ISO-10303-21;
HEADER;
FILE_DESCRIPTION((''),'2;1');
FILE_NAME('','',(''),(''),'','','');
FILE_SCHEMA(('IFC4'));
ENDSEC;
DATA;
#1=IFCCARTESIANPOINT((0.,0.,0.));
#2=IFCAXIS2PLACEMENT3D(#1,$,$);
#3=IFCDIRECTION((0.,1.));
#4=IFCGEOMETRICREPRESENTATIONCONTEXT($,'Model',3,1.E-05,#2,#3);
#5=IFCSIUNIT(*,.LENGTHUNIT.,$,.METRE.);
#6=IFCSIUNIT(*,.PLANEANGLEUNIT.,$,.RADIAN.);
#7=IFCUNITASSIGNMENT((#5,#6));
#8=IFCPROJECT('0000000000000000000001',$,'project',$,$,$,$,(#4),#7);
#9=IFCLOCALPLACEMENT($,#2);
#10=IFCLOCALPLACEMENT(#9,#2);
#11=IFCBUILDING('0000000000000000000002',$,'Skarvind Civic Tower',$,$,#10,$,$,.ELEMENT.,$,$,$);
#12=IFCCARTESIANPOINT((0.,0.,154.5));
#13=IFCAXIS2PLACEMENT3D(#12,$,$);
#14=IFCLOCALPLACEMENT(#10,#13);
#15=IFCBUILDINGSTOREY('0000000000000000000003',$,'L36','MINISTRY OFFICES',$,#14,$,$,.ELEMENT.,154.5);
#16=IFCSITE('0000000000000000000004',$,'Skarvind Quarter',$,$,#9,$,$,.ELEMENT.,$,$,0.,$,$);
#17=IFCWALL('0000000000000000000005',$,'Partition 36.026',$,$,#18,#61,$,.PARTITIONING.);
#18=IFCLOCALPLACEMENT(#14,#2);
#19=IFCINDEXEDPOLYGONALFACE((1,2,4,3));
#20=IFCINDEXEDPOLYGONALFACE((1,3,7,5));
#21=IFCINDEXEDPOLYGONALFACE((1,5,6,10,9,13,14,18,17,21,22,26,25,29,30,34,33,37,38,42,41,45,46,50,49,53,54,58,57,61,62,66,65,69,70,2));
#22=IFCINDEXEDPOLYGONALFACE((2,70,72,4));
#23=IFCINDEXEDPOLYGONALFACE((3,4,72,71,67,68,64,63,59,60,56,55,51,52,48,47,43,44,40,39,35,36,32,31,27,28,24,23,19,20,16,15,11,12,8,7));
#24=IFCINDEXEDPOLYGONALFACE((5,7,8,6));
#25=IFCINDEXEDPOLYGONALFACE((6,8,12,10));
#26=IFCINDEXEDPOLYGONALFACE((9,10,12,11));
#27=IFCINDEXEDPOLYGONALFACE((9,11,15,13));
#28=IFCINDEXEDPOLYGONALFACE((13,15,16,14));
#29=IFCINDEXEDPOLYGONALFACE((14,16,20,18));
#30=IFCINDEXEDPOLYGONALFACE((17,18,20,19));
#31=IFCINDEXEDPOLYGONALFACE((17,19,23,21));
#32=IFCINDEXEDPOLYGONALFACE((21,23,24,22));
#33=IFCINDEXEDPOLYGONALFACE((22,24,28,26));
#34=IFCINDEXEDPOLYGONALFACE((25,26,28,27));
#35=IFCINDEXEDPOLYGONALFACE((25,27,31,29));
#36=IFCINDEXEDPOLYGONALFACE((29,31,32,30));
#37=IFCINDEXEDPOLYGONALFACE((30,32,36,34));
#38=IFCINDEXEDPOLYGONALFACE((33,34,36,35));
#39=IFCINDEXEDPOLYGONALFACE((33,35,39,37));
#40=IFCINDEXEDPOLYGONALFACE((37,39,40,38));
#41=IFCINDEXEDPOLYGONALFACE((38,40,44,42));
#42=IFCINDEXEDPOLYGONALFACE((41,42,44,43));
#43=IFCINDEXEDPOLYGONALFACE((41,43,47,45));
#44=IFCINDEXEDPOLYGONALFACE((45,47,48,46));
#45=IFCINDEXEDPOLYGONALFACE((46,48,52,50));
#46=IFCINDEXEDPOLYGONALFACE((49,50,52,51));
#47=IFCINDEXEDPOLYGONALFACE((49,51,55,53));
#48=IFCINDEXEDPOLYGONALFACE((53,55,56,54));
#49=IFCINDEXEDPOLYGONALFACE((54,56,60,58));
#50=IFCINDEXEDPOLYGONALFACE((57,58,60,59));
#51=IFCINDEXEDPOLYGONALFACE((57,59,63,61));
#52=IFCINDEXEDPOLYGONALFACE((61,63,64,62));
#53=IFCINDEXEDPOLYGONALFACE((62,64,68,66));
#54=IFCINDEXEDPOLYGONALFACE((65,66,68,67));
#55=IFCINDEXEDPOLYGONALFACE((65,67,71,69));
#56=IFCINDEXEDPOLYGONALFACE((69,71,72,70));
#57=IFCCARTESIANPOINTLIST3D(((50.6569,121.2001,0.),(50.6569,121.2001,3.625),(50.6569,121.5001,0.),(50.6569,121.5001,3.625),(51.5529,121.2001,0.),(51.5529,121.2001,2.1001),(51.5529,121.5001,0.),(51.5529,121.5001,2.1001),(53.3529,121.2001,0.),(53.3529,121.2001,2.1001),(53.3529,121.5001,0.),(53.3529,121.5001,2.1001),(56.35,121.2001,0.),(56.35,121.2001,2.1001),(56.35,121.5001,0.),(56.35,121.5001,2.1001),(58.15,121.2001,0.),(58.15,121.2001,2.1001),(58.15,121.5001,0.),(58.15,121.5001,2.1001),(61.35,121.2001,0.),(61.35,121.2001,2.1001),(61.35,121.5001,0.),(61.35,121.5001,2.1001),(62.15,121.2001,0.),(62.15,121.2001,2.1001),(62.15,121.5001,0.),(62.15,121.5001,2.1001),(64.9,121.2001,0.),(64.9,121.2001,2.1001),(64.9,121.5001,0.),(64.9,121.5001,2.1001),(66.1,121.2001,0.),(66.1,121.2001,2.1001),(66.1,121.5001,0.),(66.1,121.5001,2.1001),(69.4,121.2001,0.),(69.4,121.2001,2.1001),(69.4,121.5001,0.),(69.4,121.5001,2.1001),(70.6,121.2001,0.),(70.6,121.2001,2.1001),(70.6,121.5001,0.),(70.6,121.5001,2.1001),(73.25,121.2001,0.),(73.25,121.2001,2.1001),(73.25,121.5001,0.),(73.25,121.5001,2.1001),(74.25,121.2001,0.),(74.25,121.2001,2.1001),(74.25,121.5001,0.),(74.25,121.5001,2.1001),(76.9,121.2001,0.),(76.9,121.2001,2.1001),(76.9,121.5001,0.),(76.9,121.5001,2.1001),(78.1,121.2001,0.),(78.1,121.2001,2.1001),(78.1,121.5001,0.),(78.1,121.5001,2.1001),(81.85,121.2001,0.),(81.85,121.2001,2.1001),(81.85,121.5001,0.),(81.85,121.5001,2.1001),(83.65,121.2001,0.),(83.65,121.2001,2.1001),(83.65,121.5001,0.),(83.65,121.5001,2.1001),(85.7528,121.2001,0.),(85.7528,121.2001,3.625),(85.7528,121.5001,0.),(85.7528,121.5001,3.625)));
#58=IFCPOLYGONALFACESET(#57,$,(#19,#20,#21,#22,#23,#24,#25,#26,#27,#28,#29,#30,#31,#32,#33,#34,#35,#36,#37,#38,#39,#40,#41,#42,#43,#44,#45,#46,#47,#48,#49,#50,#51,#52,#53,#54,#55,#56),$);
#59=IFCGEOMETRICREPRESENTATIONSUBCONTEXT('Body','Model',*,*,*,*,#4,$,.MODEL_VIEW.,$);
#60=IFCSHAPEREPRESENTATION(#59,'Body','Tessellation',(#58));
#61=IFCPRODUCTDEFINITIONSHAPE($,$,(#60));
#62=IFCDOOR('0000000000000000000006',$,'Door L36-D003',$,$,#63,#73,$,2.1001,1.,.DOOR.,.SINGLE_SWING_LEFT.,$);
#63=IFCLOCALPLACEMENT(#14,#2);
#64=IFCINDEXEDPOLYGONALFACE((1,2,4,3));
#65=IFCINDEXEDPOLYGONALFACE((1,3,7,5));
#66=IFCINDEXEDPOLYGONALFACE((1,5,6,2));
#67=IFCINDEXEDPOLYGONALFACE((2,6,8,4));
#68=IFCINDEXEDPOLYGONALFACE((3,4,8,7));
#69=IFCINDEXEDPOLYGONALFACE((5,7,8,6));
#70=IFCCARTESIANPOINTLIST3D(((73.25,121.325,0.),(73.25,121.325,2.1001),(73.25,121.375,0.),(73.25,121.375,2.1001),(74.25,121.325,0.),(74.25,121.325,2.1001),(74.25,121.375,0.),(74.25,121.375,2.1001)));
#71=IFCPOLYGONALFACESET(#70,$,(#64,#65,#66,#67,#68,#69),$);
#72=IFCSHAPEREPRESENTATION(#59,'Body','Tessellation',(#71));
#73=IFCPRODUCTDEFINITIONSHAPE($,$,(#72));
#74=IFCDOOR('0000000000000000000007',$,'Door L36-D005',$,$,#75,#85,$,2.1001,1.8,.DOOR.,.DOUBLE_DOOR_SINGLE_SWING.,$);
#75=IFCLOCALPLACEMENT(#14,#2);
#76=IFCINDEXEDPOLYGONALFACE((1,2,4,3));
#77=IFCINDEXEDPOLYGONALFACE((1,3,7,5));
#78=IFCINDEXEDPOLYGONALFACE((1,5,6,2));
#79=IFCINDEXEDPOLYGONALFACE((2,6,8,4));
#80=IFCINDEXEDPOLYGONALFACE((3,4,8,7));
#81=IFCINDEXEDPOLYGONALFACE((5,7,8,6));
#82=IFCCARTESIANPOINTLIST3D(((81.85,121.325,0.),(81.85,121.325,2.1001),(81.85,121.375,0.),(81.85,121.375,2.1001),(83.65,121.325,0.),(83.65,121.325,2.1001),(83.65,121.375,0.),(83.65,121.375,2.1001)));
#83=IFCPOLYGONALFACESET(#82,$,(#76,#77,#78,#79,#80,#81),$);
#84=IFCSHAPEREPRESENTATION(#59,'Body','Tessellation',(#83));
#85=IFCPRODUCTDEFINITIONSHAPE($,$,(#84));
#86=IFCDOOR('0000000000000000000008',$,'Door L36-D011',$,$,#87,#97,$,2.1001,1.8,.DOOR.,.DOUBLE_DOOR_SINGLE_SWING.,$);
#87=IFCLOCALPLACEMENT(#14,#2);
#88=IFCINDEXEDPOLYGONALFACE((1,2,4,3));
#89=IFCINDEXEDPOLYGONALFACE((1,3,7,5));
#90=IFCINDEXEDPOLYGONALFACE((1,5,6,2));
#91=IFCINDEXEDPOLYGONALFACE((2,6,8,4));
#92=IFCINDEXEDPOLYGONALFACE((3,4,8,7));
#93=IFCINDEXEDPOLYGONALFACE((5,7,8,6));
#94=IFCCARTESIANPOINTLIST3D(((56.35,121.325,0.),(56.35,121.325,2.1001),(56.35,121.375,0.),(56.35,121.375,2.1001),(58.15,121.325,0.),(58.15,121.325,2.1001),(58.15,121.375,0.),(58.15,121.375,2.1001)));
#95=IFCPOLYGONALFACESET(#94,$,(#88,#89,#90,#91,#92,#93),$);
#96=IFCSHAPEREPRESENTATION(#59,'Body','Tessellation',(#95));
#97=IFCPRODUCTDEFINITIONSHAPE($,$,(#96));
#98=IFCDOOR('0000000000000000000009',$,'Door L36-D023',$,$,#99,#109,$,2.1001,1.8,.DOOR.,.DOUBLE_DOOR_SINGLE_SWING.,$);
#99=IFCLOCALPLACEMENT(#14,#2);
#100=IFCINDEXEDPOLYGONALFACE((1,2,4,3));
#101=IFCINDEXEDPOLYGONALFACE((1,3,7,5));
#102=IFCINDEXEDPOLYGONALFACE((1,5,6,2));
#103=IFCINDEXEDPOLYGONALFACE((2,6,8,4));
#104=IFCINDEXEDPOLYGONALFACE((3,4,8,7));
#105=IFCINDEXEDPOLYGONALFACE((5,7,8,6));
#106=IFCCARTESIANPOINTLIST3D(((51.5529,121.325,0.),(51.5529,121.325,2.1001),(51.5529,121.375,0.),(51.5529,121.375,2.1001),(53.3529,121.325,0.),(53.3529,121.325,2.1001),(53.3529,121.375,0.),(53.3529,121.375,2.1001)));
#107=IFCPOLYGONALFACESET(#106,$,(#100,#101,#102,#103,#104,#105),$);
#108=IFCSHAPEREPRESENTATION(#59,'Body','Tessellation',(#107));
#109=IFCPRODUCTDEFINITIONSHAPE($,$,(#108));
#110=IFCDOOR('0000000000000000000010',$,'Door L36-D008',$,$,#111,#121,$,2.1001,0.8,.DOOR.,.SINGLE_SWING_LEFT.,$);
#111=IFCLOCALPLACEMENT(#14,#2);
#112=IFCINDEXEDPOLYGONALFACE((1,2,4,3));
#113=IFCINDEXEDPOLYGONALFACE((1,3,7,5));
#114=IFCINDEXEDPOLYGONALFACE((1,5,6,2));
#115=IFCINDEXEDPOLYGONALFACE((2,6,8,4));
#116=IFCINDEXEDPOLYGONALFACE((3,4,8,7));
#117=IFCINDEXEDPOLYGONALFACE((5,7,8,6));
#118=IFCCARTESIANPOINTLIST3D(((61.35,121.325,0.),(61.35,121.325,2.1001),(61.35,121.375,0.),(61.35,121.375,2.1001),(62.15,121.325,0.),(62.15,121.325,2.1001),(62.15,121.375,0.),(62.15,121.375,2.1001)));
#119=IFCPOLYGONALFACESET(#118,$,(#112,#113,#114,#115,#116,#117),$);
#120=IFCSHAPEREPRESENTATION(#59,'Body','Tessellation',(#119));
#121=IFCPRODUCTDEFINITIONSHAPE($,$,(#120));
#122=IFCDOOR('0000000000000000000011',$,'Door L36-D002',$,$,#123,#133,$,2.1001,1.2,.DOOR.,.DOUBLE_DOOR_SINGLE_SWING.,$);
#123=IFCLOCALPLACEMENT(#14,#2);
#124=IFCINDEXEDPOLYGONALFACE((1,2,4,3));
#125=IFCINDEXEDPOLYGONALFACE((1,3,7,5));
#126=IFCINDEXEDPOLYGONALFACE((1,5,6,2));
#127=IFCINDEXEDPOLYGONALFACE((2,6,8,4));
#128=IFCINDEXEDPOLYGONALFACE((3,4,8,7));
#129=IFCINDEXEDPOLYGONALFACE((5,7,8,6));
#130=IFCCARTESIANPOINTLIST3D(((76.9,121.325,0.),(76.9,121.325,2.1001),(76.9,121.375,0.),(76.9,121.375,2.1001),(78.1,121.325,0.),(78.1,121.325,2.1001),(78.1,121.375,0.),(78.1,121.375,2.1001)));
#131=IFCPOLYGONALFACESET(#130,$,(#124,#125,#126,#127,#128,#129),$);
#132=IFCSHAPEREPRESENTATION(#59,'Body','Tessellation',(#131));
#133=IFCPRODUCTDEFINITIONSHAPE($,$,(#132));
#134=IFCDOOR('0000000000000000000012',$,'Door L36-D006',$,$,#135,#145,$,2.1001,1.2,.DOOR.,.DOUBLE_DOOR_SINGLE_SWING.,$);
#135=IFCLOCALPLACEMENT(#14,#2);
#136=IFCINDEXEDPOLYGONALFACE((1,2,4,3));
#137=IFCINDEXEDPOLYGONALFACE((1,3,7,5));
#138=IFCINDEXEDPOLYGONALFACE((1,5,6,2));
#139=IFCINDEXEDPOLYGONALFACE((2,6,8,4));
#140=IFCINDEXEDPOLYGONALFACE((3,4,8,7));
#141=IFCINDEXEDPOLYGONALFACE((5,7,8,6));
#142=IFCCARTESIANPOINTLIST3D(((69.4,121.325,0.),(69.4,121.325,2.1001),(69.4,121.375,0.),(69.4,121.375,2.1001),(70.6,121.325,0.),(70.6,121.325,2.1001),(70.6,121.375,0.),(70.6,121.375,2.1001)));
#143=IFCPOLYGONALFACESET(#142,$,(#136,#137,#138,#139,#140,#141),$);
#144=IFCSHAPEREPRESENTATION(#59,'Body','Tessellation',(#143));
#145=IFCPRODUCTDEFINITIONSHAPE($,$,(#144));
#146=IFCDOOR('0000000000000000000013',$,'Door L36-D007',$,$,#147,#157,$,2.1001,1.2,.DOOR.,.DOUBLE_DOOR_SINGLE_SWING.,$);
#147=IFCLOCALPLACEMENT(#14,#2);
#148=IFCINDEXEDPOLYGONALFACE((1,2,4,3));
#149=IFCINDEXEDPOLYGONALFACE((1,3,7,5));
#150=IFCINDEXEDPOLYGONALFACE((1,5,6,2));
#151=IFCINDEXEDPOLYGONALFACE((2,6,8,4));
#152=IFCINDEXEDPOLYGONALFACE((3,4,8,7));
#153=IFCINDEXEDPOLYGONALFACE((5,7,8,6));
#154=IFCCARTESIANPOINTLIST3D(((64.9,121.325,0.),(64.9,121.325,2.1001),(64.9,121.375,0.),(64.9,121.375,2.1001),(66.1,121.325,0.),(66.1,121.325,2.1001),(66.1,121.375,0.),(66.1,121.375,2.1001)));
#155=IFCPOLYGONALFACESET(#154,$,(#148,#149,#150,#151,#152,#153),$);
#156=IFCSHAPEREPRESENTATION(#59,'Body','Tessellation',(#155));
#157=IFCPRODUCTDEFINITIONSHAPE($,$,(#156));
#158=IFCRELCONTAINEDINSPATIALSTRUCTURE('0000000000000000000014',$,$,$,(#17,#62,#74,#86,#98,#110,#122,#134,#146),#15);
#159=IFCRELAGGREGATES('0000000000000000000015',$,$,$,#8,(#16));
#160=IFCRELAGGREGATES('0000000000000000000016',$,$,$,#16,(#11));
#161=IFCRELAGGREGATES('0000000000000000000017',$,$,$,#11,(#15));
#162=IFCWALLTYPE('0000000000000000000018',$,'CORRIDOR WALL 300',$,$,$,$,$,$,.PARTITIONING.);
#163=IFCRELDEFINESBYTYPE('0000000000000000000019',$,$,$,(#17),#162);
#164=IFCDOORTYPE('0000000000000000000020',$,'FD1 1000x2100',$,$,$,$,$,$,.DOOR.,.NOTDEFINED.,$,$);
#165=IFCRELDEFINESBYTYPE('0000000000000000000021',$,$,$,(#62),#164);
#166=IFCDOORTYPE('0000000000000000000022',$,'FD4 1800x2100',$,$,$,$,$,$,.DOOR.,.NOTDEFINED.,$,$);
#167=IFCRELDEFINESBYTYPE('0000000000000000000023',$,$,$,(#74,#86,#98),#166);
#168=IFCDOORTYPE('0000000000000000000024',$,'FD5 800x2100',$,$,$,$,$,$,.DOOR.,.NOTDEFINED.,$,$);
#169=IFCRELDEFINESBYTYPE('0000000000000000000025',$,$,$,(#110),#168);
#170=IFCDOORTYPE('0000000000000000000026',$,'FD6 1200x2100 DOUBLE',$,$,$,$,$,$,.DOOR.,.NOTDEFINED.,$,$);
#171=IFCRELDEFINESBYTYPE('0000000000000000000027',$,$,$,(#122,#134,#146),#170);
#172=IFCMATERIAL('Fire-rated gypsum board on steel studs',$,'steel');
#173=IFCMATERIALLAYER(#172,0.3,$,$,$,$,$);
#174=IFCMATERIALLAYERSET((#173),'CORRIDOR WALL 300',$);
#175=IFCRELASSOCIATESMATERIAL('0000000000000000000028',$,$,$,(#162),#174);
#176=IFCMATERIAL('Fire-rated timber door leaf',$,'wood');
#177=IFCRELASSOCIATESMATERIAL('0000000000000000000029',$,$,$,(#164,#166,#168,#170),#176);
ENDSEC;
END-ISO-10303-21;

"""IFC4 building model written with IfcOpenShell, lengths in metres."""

from ifc_helpers import new_model, si_unit, direction, frame, frame_2d, origin, place, context, subcontext, project, spatial, rectangle, extrude, material, layer, layer_set, type_object, element, fill, save


model = new_model("IFC4")

# Units and contexts
model_context = context("Model", 3, precision=1e-05, world=origin(), true_north=direction((0.0, 1.0)))
body_context = subcontext(model_context, "Body", "Model", "MODEL_VIEW")
ifc_project = project(units=[si_unit("LENGTHUNIT", "METRE"), si_unit("PLANEANGLEUNIT", "RADIAN")], contexts=[model_context])

# Site, building, storey
site_placement = place(None, origin())
site = spatial("IfcSite", under=ifc_project, at=site_placement, Name="Skarvind Quarter", CompositionType="ELEMENT", RefElevation=0.0)
building_placement = place(site_placement, origin())
building = spatial("IfcBuilding", under=site, at=building_placement, Name="Skarvind Civic Tower", CompositionType="ELEMENT")
storey_placement = place(building_placement, frame((0.0, 0.0, 154.5)))
storey = spatial("IfcBuildingStorey", under=building, at=storey_placement, Name="L36", Description="MINISTRY OFFICES", CompositionType="ELEMENT", Elevation=154.5)

# Wall, openings, doors
ifc_material_1 = material(Name="Fire-rated gypsum board on steel studs", Category="steel")
ifc_layer_1 = layer(ifc_material_1, 0.3)
ifc_layer_set_1 = layer_set([ifc_layer_1], Name="CORRIDOR WALL 300")
wall_type_1 = type_object("IfcWallType", Name="CORRIDOR WALL 300", PredefinedType="PARTITIONING", material=ifc_layer_set_1)
wall_1_placement = place(storey_placement, frame((50.657, 121.3501, 0.0), z_axis=(0.0, 0.0, 1.0), x_axis=(1.0, 0.0, 0.0)))
wall_1 = element("IfcWall", 1, at=wall_1_placement, inside=storey, type_object=wall_type_1, Name="Partition 36.026", PredefinedType="PARTITIONING", context=body_context, shape_type="SweptSolid", body=[
    extrude(rectangle(XDim=35.0959, YDim=0.3, at=frame_2d((17.5479, 0.0))), origin(), (0.0, 0.0, 1.0), 3.625),
])
opening_1_placement = place(wall_1_placement, frame((26.2429, 0.0, 0.0)))
opening_1 = element("IfcOpeningElement", 2, at=opening_1_placement, cuts=wall_1, PredefinedType="OPENING", context=body_context, shape_type="SweptSolid", body=[
    extrude(rectangle(XDim=1.2, YDim=2.1001, at=frame_2d((0.6001, 1.05))), frame((0.0, 0.1599, 0.0), z_axis=(0.0, -1.0, 0.0), x_axis=(1.0, 0.0, 0.0)), (0.0, 0.0, 1.0), 0.3201),
])
opening_2_placement = place(wall_1_placement, frame((22.593, 0.0, 0.0)))
opening_2 = element("IfcOpeningElement", 3, at=opening_2_placement, cuts=wall_1, PredefinedType="OPENING", context=body_context, shape_type="SweptSolid", body=[
    extrude(rectangle(XDim=1.0, YDim=2.1001, at=frame_2d((0.5, 1.05))), frame((0.0, 0.1599, 0.0), z_axis=(0.0, -1.0, 0.0), x_axis=(1.0, 0.0, 0.0)), (0.0, 0.0, 1.0), 0.3201),
])
opening_3_placement = place(wall_1_placement, frame((31.1931, 0.0, 0.0)))
opening_3 = element("IfcOpeningElement", 4, at=opening_3_placement, cuts=wall_1, PredefinedType="OPENING", context=body_context, shape_type="SweptSolid", body=[
    extrude(rectangle(XDim=1.8, YDim=2.1001, at=frame_2d((0.8999, 1.05))), frame((0.0, 0.1599, 0.0), z_axis=(0.0, -1.0, 0.0), x_axis=(1.0, 0.0, 0.0)), (0.0, 0.0, 1.0), 0.3201),
])
opening_4_placement = place(wall_1_placement, frame((18.7429, 0.0, 0.0)))
opening_4 = element("IfcOpeningElement", 5, at=opening_4_placement, cuts=wall_1, PredefinedType="OPENING", context=body_context, shape_type="SweptSolid", body=[
    extrude(rectangle(XDim=1.2, YDim=2.1001, at=frame_2d((0.6001, 1.05))), frame((0.0, 0.1599, 0.0), z_axis=(0.0, -1.0, 0.0), x_axis=(1.0, 0.0, 0.0)), (0.0, 0.0, 1.0), 0.3201),
])
opening_5_placement = place(wall_1_placement, frame((14.2429, 0.0, 0.0)))
opening_5 = element("IfcOpeningElement", 6, at=opening_5_placement, cuts=wall_1, PredefinedType="OPENING", context=body_context, shape_type="SweptSolid", body=[
    extrude(rectangle(XDim=1.2, YDim=2.1001, at=frame_2d((0.6001, 1.05))), frame((0.0, 0.1599, 0.0), z_axis=(0.0, -1.0, 0.0), x_axis=(1.0, 0.0, 0.0)), (0.0, 0.0, 1.0), 0.3201),
])
opening_6_placement = place(wall_1_placement, frame((10.6931, 0.0, 0.0)))
opening_6 = element("IfcOpeningElement", 7, at=opening_6_placement, cuts=wall_1, PredefinedType="OPENING", context=body_context, shape_type="SweptSolid", body=[
    extrude(rectangle(XDim=0.8, YDim=2.1001, at=frame_2d((0.3999, 1.05))), frame((0.0, 0.1599, 0.0), z_axis=(0.0, -1.0, 0.0), x_axis=(1.0, 0.0, 0.0)), (0.0, 0.0, 1.0), 0.3201),
])
opening_7_placement = place(wall_1_placement, frame((5.6931, 0.0, 0.0)))
opening_7 = element("IfcOpeningElement", 8, at=opening_7_placement, cuts=wall_1, PredefinedType="OPENING", context=body_context, shape_type="SweptSolid", body=[
    extrude(rectangle(XDim=1.8, YDim=2.1001, at=frame_2d((0.8999, 1.05))), frame((0.0, 0.1599, 0.0), z_axis=(0.0, -1.0, 0.0), x_axis=(1.0, 0.0, 0.0)), (0.0, 0.0, 1.0), 0.3201),
])
opening_8_placement = place(wall_1_placement, frame((0.896, 0.0, 0.0)))
opening_8 = element("IfcOpeningElement", 9, at=opening_8_placement, cuts=wall_1, PredefinedType="OPENING", context=body_context, shape_type="SweptSolid", body=[
    extrude(rectangle(XDim=1.8, YDim=2.1001, at=frame_2d((0.8999, 1.05))), frame((0.0, 0.1599, 0.0), z_axis=(0.0, -1.0, 0.0), x_axis=(1.0, 0.0, 0.0)), (0.0, 0.0, 1.0), 0.3201),
])
ifc_material_2 = material(Name="Fire-rated timber door leaf", Category="wood")
door_type_1 = type_object("IfcDoorType", Name="FD1 1000x2100", OperationType="NOTDEFINED", PredefinedType="DOOR", material=ifc_material_2)
door_1_placement = place(opening_2_placement, origin())
door_1 = element("IfcDoor", 10, at=door_1_placement, inside=storey, type_object=door_type_1, Name="Door L36-D003", OperationType="SINGLE_SWING_LEFT", OverallHeight=2.1001, OverallWidth=1.0, PredefinedType="DOOR", context=body_context, shape_type="SweptSolid", body=[
    extrude(rectangle(XDim=1.0, YDim=2.1001, at=frame_2d((0.5, 1.05))), frame((0.0, 0.0249, 0.0), z_axis=(0.0, -1.0, 0.0), x_axis=(1.0, 0.0, 0.0)), (0.0, 0.0, 1.0), 0.05),
])
fill(opening_2, door_1)
door_type_2 = type_object("IfcDoorType", Name="FD4 1800x2100", OperationType="NOTDEFINED", PredefinedType="DOOR", material=ifc_material_2)
door_2_placement = place(opening_3_placement, origin())
door_2 = element("IfcDoor", 11, at=door_2_placement, inside=storey, type_object=door_type_2, Name="Door L36-D005", OperationType="DOUBLE_DOOR_SINGLE_SWING", OverallHeight=2.1001, OverallWidth=1.8, PredefinedType="DOOR", context=body_context, shape_type="SweptSolid", body=[
    extrude(rectangle(XDim=1.8, YDim=2.1001, at=frame_2d((0.8999, 1.05))), frame((0.0, 0.0249, 0.0), z_axis=(0.0, -1.0, 0.0), x_axis=(1.0, 0.0, 0.0)), (0.0, 0.0, 1.0), 0.05),
])
fill(opening_3, door_2)
door_3_placement = place(opening_7_placement, origin())
door_3 = element("IfcDoor", 12, at=door_3_placement, inside=storey, type_object=door_type_2, Name="Door L36-D011", OperationType="DOUBLE_DOOR_SINGLE_SWING", OverallHeight=2.1001, OverallWidth=1.8, PredefinedType="DOOR", context=body_context, shape_type="SweptSolid", body=[
    extrude(rectangle(XDim=1.8, YDim=2.1001, at=frame_2d((0.8999, 1.05))), frame((0.0, 0.0249, 0.0), z_axis=(0.0, -1.0, 0.0), x_axis=(1.0, 0.0, 0.0)), (0.0, 0.0, 1.0), 0.05),
])
fill(opening_7, door_3)
door_4_placement = place(opening_8_placement, origin())
door_4 = element("IfcDoor", 13, at=door_4_placement, inside=storey, type_object=door_type_2, Name="Door L36-D023", OperationType="DOUBLE_DOOR_SINGLE_SWING", OverallHeight=2.1001, OverallWidth=1.8, PredefinedType="DOOR", context=body_context, shape_type="SweptSolid", body=[
    extrude(rectangle(XDim=1.8, YDim=2.1001, at=frame_2d((0.8999, 1.05))), frame((0.0, 0.0249, 0.0), z_axis=(0.0, -1.0, 0.0), x_axis=(1.0, 0.0, 0.0)), (0.0, 0.0, 1.0), 0.05),
])
fill(opening_8, door_4)
door_type_3 = type_object("IfcDoorType", Name="FD5 800x2100", OperationType="NOTDEFINED", PredefinedType="DOOR", material=ifc_material_2)
door_5_placement = place(opening_6_placement, origin())
door_5 = element("IfcDoor", 14, at=door_5_placement, inside=storey, type_object=door_type_3, Name="Door L36-D008", OperationType="SINGLE_SWING_LEFT", OverallHeight=2.1001, OverallWidth=0.8, PredefinedType="DOOR", context=body_context, shape_type="SweptSolid", body=[
    extrude(rectangle(XDim=0.8, YDim=2.1001, at=frame_2d((0.3999, 1.05))), frame((0.0, 0.0249, 0.0), z_axis=(0.0, -1.0, 0.0), x_axis=(1.0, 0.0, 0.0)), (0.0, 0.0, 1.0), 0.05),
])
fill(opening_6, door_5)
door_type_4 = type_object("IfcDoorType", Name="FD6 1200x2100 DOUBLE", OperationType="NOTDEFINED", PredefinedType="DOOR", material=ifc_material_2)
door_6_placement = place(opening_1_placement, origin())
door_6 = element("IfcDoor", 15, at=door_6_placement, inside=storey, type_object=door_type_4, Name="Door L36-D002", OperationType="DOUBLE_DOOR_SINGLE_SWING", OverallHeight=2.1001, OverallWidth=1.2, PredefinedType="DOOR", context=body_context, shape_type="SweptSolid", body=[
    extrude(rectangle(XDim=1.2, YDim=2.1001, at=frame_2d((0.6001, 1.05))), frame((0.0, 0.0249, 0.0), z_axis=(0.0, -1.0, 0.0), x_axis=(1.0, 0.0, 0.0)), (0.0, 0.0, 1.0), 0.05),
])
fill(opening_1, door_6)
door_7_placement = place(opening_4_placement, origin())
door_7 = element("IfcDoor", 16, at=door_7_placement, inside=storey, type_object=door_type_4, Name="Door L36-D006", OperationType="DOUBLE_DOOR_SINGLE_SWING", OverallHeight=2.1001, OverallWidth=1.2, PredefinedType="DOOR", context=body_context, shape_type="SweptSolid", body=[
    extrude(rectangle(XDim=1.2, YDim=2.1001, at=frame_2d((0.6001, 1.05))), frame((0.0, 0.0249, 0.0), z_axis=(0.0, -1.0, 0.0), x_axis=(1.0, 0.0, 0.0)), (0.0, 0.0, 1.0), 0.05),
])
fill(opening_4, door_7)
door_8_placement = place(opening_5_placement, origin())
door_8 = element("IfcDoor", 17, at=door_8_placement, inside=storey, type_object=door_type_4, Name="Door L36-D007", OperationType="DOUBLE_DOOR_SINGLE_SWING", OverallHeight=2.1001, OverallWidth=1.2, PredefinedType="DOOR", context=body_context, shape_type="SweptSolid", body=[
    extrude(rectangle(XDim=1.2, YDim=2.1001, at=frame_2d((0.6001, 1.05))), frame((0.0, 0.0249, 0.0), z_axis=(0.0, -1.0, 0.0), x_axis=(1.0, 0.0, 0.0)), (0.0, 0.0, 1.0), 0.05),
])
fill(opening_5, door_8)

save(model, "model.ifc")
